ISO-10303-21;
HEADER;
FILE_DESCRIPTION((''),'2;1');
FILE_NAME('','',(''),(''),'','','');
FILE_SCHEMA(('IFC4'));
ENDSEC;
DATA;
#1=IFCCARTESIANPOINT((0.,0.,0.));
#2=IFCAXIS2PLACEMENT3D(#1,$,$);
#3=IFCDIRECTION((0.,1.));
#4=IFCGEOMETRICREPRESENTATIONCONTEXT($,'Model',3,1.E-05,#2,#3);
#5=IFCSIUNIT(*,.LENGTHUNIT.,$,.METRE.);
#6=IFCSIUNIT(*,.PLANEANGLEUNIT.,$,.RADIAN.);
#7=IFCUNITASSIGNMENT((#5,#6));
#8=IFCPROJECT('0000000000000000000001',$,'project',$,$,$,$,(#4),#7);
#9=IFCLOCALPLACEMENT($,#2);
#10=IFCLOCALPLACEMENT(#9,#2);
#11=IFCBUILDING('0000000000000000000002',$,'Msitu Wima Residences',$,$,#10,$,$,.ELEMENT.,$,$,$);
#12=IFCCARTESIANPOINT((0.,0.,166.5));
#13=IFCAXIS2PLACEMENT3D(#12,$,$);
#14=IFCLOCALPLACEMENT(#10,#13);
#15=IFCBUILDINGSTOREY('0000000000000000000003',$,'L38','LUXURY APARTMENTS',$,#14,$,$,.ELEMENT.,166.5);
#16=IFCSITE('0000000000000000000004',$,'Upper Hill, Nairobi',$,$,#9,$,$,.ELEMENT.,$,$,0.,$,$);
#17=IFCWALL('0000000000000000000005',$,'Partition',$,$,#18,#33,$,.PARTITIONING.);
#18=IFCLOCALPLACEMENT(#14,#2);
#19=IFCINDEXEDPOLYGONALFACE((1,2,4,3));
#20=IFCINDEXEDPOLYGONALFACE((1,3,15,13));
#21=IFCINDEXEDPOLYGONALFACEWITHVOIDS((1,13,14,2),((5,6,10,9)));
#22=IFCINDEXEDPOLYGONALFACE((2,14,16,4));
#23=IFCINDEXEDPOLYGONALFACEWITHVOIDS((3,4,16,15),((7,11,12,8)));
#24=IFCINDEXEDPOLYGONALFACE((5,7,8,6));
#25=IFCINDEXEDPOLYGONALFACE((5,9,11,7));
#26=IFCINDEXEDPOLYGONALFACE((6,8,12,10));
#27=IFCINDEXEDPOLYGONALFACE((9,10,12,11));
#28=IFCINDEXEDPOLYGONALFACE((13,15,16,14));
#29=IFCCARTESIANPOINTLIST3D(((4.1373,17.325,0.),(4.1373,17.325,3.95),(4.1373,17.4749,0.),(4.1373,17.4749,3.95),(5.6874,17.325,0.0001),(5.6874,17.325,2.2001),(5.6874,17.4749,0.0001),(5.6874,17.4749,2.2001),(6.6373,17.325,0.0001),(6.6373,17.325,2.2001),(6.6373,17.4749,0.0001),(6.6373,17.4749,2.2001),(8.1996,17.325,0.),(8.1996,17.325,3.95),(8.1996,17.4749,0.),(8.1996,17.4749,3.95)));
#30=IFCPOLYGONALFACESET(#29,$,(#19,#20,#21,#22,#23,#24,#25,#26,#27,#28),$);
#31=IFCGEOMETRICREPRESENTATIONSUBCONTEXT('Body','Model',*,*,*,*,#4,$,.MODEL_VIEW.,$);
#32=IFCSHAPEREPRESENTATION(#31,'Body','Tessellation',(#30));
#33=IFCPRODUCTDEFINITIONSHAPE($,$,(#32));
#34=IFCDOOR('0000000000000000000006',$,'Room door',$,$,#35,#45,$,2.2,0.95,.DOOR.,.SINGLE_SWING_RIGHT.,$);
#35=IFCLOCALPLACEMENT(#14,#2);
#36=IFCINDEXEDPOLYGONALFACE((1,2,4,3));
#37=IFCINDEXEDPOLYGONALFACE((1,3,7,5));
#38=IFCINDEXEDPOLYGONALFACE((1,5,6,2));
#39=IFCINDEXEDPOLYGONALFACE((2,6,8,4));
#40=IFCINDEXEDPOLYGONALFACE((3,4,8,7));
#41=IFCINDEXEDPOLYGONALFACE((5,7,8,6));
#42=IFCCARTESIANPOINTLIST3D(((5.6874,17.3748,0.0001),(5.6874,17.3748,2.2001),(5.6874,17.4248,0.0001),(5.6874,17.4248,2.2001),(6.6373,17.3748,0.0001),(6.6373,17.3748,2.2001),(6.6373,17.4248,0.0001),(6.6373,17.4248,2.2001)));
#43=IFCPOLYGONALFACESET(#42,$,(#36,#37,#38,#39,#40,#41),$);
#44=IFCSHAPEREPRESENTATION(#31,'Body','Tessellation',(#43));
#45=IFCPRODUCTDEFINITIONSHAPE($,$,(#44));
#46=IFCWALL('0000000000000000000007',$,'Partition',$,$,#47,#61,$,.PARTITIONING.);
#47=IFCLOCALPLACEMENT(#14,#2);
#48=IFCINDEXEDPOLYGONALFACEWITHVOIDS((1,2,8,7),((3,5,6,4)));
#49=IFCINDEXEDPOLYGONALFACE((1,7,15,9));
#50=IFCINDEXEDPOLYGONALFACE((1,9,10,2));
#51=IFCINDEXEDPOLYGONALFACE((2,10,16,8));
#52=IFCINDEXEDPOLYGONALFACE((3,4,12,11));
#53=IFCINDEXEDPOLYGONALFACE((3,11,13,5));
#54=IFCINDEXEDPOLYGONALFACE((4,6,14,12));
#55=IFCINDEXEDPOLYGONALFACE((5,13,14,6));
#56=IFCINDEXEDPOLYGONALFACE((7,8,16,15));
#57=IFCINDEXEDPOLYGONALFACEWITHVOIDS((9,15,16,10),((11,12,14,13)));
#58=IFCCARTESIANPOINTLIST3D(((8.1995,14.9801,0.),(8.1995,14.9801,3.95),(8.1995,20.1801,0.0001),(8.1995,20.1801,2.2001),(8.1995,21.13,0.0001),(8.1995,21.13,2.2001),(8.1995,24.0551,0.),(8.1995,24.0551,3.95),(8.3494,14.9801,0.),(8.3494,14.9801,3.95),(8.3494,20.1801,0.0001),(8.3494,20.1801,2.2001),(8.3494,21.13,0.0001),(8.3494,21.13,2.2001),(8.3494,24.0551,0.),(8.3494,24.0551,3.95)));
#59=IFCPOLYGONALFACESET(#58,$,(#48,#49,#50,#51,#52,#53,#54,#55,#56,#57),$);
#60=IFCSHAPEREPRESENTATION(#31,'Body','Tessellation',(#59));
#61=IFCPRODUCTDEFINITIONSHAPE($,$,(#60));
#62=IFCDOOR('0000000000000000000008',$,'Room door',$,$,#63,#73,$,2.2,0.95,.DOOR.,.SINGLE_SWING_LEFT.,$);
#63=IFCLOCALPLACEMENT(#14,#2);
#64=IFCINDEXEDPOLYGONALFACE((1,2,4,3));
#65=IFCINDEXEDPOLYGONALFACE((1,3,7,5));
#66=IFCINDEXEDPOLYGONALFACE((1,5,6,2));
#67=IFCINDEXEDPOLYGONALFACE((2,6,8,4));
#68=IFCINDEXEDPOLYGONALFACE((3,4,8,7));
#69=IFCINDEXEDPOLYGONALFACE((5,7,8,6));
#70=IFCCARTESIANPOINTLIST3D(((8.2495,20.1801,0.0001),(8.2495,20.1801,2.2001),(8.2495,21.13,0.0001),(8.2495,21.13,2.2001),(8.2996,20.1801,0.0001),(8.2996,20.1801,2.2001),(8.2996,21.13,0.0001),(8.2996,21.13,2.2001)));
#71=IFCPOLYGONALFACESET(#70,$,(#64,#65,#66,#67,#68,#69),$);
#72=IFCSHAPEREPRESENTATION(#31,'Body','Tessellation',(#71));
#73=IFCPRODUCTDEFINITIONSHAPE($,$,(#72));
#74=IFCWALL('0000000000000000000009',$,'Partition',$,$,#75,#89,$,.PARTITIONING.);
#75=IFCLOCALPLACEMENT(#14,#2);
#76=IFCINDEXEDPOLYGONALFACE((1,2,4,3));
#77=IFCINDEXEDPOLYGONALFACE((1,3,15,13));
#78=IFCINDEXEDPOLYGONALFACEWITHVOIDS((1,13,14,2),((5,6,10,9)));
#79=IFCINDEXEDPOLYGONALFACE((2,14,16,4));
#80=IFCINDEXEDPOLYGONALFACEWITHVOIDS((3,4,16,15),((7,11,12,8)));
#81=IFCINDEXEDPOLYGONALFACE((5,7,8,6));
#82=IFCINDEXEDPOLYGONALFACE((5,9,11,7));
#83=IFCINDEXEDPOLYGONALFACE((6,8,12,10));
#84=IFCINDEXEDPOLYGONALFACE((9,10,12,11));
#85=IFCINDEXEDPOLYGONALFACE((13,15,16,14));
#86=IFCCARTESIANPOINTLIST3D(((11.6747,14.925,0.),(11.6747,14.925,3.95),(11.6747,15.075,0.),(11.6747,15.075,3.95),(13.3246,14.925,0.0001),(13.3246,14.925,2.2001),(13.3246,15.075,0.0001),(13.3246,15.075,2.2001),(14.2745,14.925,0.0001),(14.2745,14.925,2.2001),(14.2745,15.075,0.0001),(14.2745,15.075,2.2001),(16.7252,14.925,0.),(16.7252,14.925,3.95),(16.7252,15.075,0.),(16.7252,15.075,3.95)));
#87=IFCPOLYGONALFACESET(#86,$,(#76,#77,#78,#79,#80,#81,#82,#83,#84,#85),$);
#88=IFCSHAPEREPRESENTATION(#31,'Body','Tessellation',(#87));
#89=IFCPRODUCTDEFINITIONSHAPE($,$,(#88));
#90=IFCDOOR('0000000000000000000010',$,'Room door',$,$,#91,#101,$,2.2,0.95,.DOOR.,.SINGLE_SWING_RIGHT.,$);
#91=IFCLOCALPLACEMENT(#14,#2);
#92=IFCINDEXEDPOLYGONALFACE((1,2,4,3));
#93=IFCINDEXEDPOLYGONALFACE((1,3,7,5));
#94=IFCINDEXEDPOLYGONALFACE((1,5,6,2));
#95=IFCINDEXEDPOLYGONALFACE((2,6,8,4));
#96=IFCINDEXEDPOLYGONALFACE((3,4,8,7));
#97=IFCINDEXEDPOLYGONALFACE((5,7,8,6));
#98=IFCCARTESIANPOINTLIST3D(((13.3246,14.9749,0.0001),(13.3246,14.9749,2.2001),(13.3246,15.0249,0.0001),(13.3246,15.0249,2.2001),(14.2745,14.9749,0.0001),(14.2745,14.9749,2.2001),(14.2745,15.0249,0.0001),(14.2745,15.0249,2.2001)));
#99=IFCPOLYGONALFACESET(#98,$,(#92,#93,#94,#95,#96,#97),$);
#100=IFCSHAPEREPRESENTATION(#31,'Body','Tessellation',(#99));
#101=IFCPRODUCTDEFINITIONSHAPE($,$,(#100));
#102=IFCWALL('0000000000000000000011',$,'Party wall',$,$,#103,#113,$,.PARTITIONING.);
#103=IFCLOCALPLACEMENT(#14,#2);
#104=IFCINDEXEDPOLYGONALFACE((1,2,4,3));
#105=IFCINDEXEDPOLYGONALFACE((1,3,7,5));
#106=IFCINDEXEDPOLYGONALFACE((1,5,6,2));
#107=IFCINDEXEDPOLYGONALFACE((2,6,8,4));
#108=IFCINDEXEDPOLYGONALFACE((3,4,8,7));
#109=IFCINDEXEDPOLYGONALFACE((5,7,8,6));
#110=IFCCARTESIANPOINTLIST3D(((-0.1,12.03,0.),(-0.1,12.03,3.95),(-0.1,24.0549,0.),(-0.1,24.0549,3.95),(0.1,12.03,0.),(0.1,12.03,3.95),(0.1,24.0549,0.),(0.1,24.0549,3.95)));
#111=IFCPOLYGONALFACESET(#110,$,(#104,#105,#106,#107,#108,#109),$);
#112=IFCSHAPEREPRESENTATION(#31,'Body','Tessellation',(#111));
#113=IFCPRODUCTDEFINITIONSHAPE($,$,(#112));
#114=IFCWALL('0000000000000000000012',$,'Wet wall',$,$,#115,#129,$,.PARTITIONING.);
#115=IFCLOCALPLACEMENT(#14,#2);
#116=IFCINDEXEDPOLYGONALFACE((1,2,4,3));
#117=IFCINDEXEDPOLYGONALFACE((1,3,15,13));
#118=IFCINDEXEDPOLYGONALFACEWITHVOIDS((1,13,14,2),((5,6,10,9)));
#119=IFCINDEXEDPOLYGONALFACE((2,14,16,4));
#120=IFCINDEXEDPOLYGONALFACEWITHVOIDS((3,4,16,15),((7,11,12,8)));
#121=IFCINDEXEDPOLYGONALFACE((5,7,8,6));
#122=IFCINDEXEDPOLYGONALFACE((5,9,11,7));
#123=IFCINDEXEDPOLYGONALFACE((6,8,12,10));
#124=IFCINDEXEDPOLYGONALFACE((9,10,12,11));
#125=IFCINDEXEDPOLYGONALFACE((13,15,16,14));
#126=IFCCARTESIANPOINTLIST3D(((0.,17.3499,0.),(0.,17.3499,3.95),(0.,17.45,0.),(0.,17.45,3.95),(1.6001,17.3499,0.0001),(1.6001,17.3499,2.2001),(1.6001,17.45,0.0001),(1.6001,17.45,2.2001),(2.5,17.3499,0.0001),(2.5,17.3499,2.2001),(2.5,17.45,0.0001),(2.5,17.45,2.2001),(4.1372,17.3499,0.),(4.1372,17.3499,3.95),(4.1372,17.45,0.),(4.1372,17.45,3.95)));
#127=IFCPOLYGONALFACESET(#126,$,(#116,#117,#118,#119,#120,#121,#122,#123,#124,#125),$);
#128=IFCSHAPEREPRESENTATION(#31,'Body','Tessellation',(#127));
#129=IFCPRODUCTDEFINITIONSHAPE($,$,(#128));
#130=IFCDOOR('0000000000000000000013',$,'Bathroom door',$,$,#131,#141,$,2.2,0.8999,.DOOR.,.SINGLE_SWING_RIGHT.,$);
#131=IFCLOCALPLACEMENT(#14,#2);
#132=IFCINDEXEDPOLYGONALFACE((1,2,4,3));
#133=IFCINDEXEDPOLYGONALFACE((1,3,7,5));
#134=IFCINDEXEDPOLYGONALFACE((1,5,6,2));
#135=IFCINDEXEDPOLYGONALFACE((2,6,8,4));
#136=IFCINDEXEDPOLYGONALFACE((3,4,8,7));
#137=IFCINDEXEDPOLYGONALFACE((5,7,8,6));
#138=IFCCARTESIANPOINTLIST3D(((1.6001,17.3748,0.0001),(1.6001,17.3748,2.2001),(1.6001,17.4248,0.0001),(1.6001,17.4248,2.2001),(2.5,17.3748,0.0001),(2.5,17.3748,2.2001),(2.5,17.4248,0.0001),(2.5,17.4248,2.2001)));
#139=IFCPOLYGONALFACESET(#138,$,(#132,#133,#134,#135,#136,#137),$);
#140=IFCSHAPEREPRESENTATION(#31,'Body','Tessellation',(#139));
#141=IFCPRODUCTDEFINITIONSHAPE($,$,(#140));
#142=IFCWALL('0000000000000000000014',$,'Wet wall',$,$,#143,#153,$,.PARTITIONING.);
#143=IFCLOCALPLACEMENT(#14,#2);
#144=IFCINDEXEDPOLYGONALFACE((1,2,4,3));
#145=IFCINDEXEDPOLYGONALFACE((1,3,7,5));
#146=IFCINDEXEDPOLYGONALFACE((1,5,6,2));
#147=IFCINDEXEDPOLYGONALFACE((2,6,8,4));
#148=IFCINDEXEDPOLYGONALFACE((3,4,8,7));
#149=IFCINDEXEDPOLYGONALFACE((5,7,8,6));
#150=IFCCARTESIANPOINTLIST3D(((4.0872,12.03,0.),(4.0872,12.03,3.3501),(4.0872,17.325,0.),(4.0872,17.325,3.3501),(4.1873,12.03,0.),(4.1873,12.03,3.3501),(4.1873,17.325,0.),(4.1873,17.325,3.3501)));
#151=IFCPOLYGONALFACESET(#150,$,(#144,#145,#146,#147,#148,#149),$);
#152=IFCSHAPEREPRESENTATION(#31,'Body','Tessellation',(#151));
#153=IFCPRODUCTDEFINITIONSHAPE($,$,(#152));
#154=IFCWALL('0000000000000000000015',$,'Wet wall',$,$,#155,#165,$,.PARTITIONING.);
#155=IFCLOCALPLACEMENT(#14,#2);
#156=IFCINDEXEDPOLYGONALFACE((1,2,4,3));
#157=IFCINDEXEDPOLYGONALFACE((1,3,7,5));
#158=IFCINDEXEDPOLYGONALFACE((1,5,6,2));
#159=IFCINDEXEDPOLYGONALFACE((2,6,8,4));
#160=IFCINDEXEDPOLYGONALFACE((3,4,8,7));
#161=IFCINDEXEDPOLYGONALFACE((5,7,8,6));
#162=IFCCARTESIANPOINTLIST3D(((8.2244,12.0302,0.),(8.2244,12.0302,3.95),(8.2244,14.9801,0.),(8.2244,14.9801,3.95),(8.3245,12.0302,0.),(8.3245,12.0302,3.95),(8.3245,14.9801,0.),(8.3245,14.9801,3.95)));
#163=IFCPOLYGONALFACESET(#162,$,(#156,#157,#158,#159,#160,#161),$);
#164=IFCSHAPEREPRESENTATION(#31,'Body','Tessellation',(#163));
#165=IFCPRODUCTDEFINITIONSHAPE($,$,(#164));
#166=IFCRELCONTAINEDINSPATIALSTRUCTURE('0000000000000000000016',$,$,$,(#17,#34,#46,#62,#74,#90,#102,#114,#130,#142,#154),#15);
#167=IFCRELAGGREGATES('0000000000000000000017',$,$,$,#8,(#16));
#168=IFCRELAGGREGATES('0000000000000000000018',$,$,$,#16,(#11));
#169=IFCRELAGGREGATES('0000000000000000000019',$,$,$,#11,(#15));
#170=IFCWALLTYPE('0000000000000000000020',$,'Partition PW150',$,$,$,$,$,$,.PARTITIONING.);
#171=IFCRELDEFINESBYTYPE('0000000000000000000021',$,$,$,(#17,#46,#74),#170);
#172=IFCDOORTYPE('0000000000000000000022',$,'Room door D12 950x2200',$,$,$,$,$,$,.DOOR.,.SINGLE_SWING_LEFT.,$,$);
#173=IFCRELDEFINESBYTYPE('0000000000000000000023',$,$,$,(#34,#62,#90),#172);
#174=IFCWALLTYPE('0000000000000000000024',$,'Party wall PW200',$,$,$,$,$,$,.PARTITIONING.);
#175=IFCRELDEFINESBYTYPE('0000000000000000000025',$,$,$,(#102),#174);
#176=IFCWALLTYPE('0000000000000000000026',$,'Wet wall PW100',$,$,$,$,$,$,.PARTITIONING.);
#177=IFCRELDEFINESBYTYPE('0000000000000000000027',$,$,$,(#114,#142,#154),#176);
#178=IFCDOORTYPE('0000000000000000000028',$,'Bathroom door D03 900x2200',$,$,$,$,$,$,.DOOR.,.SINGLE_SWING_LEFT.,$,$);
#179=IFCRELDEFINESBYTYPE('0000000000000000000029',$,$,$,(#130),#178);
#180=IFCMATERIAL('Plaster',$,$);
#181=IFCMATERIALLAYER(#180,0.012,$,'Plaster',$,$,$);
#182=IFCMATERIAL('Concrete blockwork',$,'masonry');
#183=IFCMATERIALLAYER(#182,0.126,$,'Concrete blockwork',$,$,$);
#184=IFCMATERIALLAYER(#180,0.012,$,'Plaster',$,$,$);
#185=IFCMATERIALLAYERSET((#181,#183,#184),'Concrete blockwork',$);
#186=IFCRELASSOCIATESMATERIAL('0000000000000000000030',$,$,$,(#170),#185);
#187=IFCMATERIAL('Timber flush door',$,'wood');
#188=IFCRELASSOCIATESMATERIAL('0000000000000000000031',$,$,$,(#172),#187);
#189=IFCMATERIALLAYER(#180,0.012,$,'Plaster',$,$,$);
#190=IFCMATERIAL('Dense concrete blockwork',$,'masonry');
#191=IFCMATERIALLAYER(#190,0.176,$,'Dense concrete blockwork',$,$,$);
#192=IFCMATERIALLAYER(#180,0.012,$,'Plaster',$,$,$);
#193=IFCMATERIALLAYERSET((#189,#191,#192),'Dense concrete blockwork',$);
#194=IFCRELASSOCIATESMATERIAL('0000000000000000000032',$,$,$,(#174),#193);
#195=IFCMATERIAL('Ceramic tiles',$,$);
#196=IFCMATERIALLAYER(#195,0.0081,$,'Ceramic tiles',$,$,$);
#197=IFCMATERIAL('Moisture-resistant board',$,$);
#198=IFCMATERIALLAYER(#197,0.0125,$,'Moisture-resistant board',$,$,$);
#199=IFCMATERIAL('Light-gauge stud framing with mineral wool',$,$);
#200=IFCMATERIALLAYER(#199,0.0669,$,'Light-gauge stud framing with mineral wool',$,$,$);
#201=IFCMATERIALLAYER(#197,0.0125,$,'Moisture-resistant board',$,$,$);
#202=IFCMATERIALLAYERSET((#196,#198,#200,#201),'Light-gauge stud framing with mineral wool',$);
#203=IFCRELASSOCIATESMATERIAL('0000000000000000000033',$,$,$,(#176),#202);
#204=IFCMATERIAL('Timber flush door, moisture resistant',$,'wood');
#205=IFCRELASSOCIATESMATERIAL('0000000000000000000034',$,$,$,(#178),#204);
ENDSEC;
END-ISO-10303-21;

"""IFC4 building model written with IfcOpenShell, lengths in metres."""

from ifc_helpers import new_model, si_unit, direction, frame, frame_2d, origin, place, context, subcontext, project, spatial, rectangle, extrude, material, layer, layer_set, type_object, element, fill, save


model = new_model("IFC4")

# Units and contexts
model_context = context("Model", 3, precision=1e-05, world=origin(), true_north=direction((0.0, 1.0)))
body_context = subcontext(model_context, "Body", "Model", "MODEL_VIEW")
ifc_project = project(units=[si_unit("LENGTHUNIT", "METRE"), si_unit("PLANEANGLEUNIT", "RADIAN")], contexts=[model_context])

# Site, building, storey
site_placement = place(None, origin())
site = spatial("IfcSite", under=ifc_project, at=site_placement, Name="Upper Hill, Nairobi", CompositionType="ELEMENT", RefElevation=0.0)
building_placement = place(site_placement, origin())
building = spatial("IfcBuilding", under=site, at=building_placement, Name="Msitu Wima Residences", CompositionType="ELEMENT")
storey_placement = place(building_placement, frame((0.0, 0.0, 166.5)))
storey = spatial("IfcBuildingStorey", under=building, at=storey_placement, Name="L38", Description="LUXURY APARTMENTS", CompositionType="ELEMENT", Elevation=166.5)

# Walls, openings, doors
ifc_material_1 = material(Name="Plaster")
ifc_layer_1 = layer(ifc_material_1, 0.012, Name="Plaster")
ifc_material_2 = material(Name="Concrete blockwork", Category="masonry")
ifc_layer_2 = layer(ifc_material_2, 0.126, Name="Concrete blockwork")
ifc_layer_3 = layer(ifc_material_1, 0.012, Name="Plaster")
ifc_layer_set_1 = layer_set([ifc_layer_1, ifc_layer_2, ifc_layer_3], Name="Concrete blockwork")
wall_type_1 = type_object("IfcWallType", Name="Partition PW150", PredefinedType="PARTITIONING", material=ifc_layer_set_1)
wall_1_placement = place(storey_placement, frame((4.1372, 17.3999, 0.0), z_axis=(0.0, 0.0, 1.0), x_axis=(1.0, 0.0, 0.0)))
wall_1 = element("IfcWall", 1, at=wall_1_placement, inside=storey, type_object=wall_type_1, Name="Partition", PredefinedType="PARTITIONING", context=body_context, shape_type="SweptSolid", body=[
    extrude(rectangle(XDim=4.0623, YDim=0.1499, at=frame_2d((2.0312, 0.0))), origin(), (0.0, 0.0, 1.0), 3.95),
])
opening_1_placement = place(wall_1_placement, frame((1.55, 0.0, 0.0)))
opening_1 = element("IfcOpeningElement", 2, at=opening_1_placement, cuts=wall_1, PredefinedType="OPENING", context=body_context, shape_type="SweptSolid", body=[
    extrude(rectangle(XDim=0.95, YDim=2.2, at=frame_2d((0.4751, 1.1001))), frame((0.0, 0.085, 0.0), z_axis=(0.0, -1.0, 0.0), x_axis=(1.0, 0.0, 0.0)), (0.0, 0.0, 1.0), 0.1699),
])
ifc_material_3 = material(Name="Timber flush door", Category="wood")
door_type_1 = type_object("IfcDoorType", Name="Room door D12 950x2200", OperationType="SINGLE_SWING_LEFT", PredefinedType="DOOR", material=ifc_material_3)
door_1_placement = place(opening_1_placement, origin())
door_1 = element("IfcDoor", 3, at=door_1_placement, inside=storey, type_object=door_type_1, Name="Room door", OperationType="SINGLE_SWING_RIGHT", OverallHeight=2.2, OverallWidth=0.95, PredefinedType="DOOR", context=body_context, shape_type="SweptSolid", body=[
    extrude(rectangle(XDim=0.95, YDim=2.2, at=frame_2d((0.4751, 1.1001))), frame((0.0, 0.0249, 0.0), z_axis=(0.0, -1.0, 0.0), x_axis=(1.0, 0.0, 0.0)), (0.0, 0.0, 1.0), 0.05),
])
fill(opening_1, door_1)
wall_2_placement = place(storey_placement, frame((8.2744, 14.98, 0.0), z_axis=(0.0, 0.0, 1.0), x_axis=(0.0, 1.0, 0.0)))
wall_2 = element("IfcWall", 4, at=wall_2_placement, inside=storey, type_object=wall_type_1, Name="Partition", PredefinedType="PARTITIONING", context=body_context, shape_type="SweptSolid", body=[
    extrude(rectangle(XDim=9.075, YDim=0.1499, at=frame_2d((4.5376, 0.0))), origin(), (0.0, 0.0, 1.0), 3.95),
])
opening_2_placement = place(wall_2_placement, frame((5.2, 0.0, 0.0)))
opening_2 = element("IfcOpeningElement", 5, at=opening_2_placement, cuts=wall_2, PredefinedType="OPENING", context=body_context, shape_type="SweptSolid", body=[
    extrude(rectangle(XDim=0.95, YDim=2.2, at=frame_2d((0.4751, 1.1001))), frame((0.0, 0.085, 0.0), z_axis=(0.0, -1.0, 0.0), x_axis=(1.0, 0.0, 0.0)), (0.0, 0.0, 1.0), 0.1699),
])
door_2_placement = place(opening_2_placement, origin())
door_2 = element("IfcDoor", 6, at=door_2_placement, inside=storey, type_object=door_type_1, Name="Room door", OperationType="SINGLE_SWING_LEFT", OverallHeight=2.2, OverallWidth=0.95, PredefinedType="DOOR", context=body_context, shape_type="SweptSolid", body=[
    extrude(rectangle(XDim=0.95, YDim=2.2, at=frame_2d((0.4751, 1.1001))), frame((0.0, 0.0249, 0.0), z_axis=(0.0, -1.0, 0.0), x_axis=(1.0, 0.0, 0.0)), (0.0, 0.0, 1.0), 0.05),
])
fill(opening_2, door_2)
wall_3_placement = place(storey_placement, frame((11.6746, 15.0, 0.0), z_axis=(0.0, 0.0, 1.0), x_axis=(1.0, 0.0, 0.0)))
wall_3 = element("IfcWall", 7, at=wall_3_placement, inside=storey, type_object=wall_type_1, Name="Partition", PredefinedType="PARTITIONING", context=body_context, shape_type="SweptSolid", body=[
    extrude(rectangle(XDim=5.0505, YDim=0.1499, at=frame_2d((2.5254, 0.0))), origin(), (0.0, 0.0, 1.0), 3.95),
])
opening_3_placement = place(wall_3_placement, frame((1.6499, 0.0, 0.0)))
opening_3 = element("IfcOpeningElement", 8, at=opening_3_placement, cuts=wall_3, PredefinedType="OPENING", context=body_context, shape_type="SweptSolid", body=[
    extrude(rectangle(XDim=0.95, YDim=2.2, at=frame_2d((0.4751, 1.1001))), frame((0.0, 0.085, 0.0), z_axis=(0.0, -1.0, 0.0), x_axis=(1.0, 0.0, 0.0)), (0.0, 0.0, 1.0), 0.1699),
])
door_3_placement = place(opening_3_placement, origin())
door_3 = element("IfcDoor", 9, at=door_3_placement, inside=storey, type_object=door_type_1, Name="Room door", OperationType="SINGLE_SWING_RIGHT", OverallHeight=2.2, OverallWidth=0.95, PredefinedType="DOOR", context=body_context, shape_type="SweptSolid", body=[
    extrude(rectangle(XDim=0.95, YDim=2.2, at=frame_2d((0.4751, 1.1001))), frame((0.0, 0.0249, 0.0), z_axis=(0.0, -1.0, 0.0), x_axis=(1.0, 0.0, 0.0)), (0.0, 0.0, 1.0), 0.05),
])
fill(opening_3, door_3)

# Wall
ifc_layer_4 = layer(ifc_material_1, 0.012, Name="Plaster")
ifc_material_4 = material(Name="Dense concrete blockwork", Category="masonry")
ifc_layer_5 = layer(ifc_material_4, 0.176, Name="Dense concrete blockwork")
ifc_layer_6 = layer(ifc_material_1, 0.012, Name="Plaster")
ifc_layer_set_2 = layer_set([ifc_layer_4, ifc_layer_5, ifc_layer_6], Name="Dense concrete blockwork")
wall_type_2 = type_object("IfcWallType", Name="Party wall PW200", PredefinedType="PARTITIONING", material=ifc_layer_set_2)
wall_4_placement = place(storey_placement, frame((0.0, 12.03, 0.0), z_axis=(0.0, 0.0, 1.0), x_axis=(0.0, 1.0, 0.0)))
element("IfcWall", 10, at=wall_4_placement, inside=storey, type_object=wall_type_2, Name="Party wall", PredefinedType="PARTITIONING", context=body_context, shape_type="SweptSolid", body=[
    extrude(rectangle(XDim=12.0249, YDim=0.2, at=frame_2d((6.0125, 0.0))), origin(), (0.0, 0.0, 1.0), 3.95),
])

# Wall, opening, door
ifc_material_5 = material(Name="Ceramic tiles")
ifc_layer_7 = layer(ifc_material_5, 0.0081, Name="Ceramic tiles")
ifc_material_6 = material(Name="Moisture-resistant board")
ifc_layer_8 = layer(ifc_material_6, 0.0125, Name="Moisture-resistant board")
ifc_material_7 = material(Name="Light-gauge stud framing with mineral wool")
ifc_layer_9 = layer(ifc_material_7, 0.0669, Name="Light-gauge stud framing with mineral wool")
ifc_layer_10 = layer(ifc_material_6, 0.0125, Name="Moisture-resistant board")
ifc_layer_set_3 = layer_set([ifc_layer_7, ifc_layer_8, ifc_layer_9, ifc_layer_10], Name="Light-gauge stud framing with mineral wool")
wall_type_3 = type_object("IfcWallType", Name="Wet wall PW100", PredefinedType="PARTITIONING", material=ifc_layer_set_3)
wall_5_placement = place(storey_placement, frame((0.0, 17.3999, 0.0), z_axis=(0.0, 0.0, 1.0), x_axis=(1.0, 0.0, 0.0)))
wall_5 = element("IfcWall", 11, at=wall_5_placement, inside=storey, type_object=wall_type_3, Name="Wet wall", PredefinedType="PARTITIONING", context=body_context, shape_type="SweptSolid", body=[
    extrude(rectangle(XDim=4.1372, YDim=0.1001, at=frame_2d((2.0686, 0.0))), origin(), (0.0, 0.0, 1.0), 3.95),
])
opening_4_placement = place(wall_5_placement, frame((1.6001, 0.0, 0.0)))
opening_4 = element("IfcOpeningElement", 12, at=opening_4_placement, cuts=wall_5, PredefinedType="OPENING", context=body_context, shape_type="SweptSolid", body=[
    extrude(rectangle(XDim=0.8999, YDim=2.2, at=frame_2d((0.45, 1.1001))), frame((0.0, 0.0601, 0.0), z_axis=(0.0, -1.0, 0.0), x_axis=(1.0, 0.0, 0.0)), (0.0, 0.0, 1.0), 0.1201),
])
ifc_material_8 = material(Name="Timber flush door, moisture resistant", Category="wood")
door_type_2 = type_object("IfcDoorType", Name="Bathroom door D03 900x2200", OperationType="SINGLE_SWING_LEFT", PredefinedType="DOOR", material=ifc_material_8)
door_4_placement = place(opening_4_placement, origin())
door_4 = element("IfcDoor", 13, at=door_4_placement, inside=storey, type_object=door_type_2, Name="Bathroom door", OperationType="SINGLE_SWING_RIGHT", OverallHeight=2.2, OverallWidth=0.8999, PredefinedType="DOOR", context=body_context, shape_type="SweptSolid", body=[
    extrude(rectangle(XDim=0.8999, YDim=2.2, at=frame_2d((0.45, 1.1001))), frame((0.0, 0.0249, 0.0), z_axis=(0.0, -1.0, 0.0), x_axis=(1.0, 0.0, 0.0)), (0.0, 0.0, 1.0), 0.05),
])
fill(opening_4, door_4)

# Walls
wall_6_placement = place(storey_placement, frame((4.1372, 12.03, 0.0), z_axis=(0.0, 0.0, 1.0), x_axis=(0.0, 1.0, 0.0)))
element("IfcWall", 14, at=wall_6_placement, inside=storey, type_object=wall_type_3, Name="Wet wall", PredefinedType="PARTITIONING", context=body_context, shape_type="SweptSolid", body=[
    extrude(rectangle(XDim=5.2949, YDim=0.1001, at=frame_2d((2.6475, 0.0))), origin(), (0.0, 0.0, 1.0), 3.3501),
])
wall_7_placement = place(storey_placement, frame((8.2744, 12.03, 0.0), z_axis=(0.0, 0.0, 1.0), x_axis=(0.0, 1.0, 0.0)))
element("IfcWall", 15, at=wall_7_placement, inside=storey, type_object=wall_type_3, Name="Wet wall", PredefinedType="PARTITIONING", context=body_context, shape_type="SweptSolid", body=[
    extrude(rectangle(XDim=2.95, YDim=0.1001, at=frame_2d((1.4751, 0.0))), origin(), (0.0, 0.0, 1.0), 3.95),
])

save(model, "model.ifc")
